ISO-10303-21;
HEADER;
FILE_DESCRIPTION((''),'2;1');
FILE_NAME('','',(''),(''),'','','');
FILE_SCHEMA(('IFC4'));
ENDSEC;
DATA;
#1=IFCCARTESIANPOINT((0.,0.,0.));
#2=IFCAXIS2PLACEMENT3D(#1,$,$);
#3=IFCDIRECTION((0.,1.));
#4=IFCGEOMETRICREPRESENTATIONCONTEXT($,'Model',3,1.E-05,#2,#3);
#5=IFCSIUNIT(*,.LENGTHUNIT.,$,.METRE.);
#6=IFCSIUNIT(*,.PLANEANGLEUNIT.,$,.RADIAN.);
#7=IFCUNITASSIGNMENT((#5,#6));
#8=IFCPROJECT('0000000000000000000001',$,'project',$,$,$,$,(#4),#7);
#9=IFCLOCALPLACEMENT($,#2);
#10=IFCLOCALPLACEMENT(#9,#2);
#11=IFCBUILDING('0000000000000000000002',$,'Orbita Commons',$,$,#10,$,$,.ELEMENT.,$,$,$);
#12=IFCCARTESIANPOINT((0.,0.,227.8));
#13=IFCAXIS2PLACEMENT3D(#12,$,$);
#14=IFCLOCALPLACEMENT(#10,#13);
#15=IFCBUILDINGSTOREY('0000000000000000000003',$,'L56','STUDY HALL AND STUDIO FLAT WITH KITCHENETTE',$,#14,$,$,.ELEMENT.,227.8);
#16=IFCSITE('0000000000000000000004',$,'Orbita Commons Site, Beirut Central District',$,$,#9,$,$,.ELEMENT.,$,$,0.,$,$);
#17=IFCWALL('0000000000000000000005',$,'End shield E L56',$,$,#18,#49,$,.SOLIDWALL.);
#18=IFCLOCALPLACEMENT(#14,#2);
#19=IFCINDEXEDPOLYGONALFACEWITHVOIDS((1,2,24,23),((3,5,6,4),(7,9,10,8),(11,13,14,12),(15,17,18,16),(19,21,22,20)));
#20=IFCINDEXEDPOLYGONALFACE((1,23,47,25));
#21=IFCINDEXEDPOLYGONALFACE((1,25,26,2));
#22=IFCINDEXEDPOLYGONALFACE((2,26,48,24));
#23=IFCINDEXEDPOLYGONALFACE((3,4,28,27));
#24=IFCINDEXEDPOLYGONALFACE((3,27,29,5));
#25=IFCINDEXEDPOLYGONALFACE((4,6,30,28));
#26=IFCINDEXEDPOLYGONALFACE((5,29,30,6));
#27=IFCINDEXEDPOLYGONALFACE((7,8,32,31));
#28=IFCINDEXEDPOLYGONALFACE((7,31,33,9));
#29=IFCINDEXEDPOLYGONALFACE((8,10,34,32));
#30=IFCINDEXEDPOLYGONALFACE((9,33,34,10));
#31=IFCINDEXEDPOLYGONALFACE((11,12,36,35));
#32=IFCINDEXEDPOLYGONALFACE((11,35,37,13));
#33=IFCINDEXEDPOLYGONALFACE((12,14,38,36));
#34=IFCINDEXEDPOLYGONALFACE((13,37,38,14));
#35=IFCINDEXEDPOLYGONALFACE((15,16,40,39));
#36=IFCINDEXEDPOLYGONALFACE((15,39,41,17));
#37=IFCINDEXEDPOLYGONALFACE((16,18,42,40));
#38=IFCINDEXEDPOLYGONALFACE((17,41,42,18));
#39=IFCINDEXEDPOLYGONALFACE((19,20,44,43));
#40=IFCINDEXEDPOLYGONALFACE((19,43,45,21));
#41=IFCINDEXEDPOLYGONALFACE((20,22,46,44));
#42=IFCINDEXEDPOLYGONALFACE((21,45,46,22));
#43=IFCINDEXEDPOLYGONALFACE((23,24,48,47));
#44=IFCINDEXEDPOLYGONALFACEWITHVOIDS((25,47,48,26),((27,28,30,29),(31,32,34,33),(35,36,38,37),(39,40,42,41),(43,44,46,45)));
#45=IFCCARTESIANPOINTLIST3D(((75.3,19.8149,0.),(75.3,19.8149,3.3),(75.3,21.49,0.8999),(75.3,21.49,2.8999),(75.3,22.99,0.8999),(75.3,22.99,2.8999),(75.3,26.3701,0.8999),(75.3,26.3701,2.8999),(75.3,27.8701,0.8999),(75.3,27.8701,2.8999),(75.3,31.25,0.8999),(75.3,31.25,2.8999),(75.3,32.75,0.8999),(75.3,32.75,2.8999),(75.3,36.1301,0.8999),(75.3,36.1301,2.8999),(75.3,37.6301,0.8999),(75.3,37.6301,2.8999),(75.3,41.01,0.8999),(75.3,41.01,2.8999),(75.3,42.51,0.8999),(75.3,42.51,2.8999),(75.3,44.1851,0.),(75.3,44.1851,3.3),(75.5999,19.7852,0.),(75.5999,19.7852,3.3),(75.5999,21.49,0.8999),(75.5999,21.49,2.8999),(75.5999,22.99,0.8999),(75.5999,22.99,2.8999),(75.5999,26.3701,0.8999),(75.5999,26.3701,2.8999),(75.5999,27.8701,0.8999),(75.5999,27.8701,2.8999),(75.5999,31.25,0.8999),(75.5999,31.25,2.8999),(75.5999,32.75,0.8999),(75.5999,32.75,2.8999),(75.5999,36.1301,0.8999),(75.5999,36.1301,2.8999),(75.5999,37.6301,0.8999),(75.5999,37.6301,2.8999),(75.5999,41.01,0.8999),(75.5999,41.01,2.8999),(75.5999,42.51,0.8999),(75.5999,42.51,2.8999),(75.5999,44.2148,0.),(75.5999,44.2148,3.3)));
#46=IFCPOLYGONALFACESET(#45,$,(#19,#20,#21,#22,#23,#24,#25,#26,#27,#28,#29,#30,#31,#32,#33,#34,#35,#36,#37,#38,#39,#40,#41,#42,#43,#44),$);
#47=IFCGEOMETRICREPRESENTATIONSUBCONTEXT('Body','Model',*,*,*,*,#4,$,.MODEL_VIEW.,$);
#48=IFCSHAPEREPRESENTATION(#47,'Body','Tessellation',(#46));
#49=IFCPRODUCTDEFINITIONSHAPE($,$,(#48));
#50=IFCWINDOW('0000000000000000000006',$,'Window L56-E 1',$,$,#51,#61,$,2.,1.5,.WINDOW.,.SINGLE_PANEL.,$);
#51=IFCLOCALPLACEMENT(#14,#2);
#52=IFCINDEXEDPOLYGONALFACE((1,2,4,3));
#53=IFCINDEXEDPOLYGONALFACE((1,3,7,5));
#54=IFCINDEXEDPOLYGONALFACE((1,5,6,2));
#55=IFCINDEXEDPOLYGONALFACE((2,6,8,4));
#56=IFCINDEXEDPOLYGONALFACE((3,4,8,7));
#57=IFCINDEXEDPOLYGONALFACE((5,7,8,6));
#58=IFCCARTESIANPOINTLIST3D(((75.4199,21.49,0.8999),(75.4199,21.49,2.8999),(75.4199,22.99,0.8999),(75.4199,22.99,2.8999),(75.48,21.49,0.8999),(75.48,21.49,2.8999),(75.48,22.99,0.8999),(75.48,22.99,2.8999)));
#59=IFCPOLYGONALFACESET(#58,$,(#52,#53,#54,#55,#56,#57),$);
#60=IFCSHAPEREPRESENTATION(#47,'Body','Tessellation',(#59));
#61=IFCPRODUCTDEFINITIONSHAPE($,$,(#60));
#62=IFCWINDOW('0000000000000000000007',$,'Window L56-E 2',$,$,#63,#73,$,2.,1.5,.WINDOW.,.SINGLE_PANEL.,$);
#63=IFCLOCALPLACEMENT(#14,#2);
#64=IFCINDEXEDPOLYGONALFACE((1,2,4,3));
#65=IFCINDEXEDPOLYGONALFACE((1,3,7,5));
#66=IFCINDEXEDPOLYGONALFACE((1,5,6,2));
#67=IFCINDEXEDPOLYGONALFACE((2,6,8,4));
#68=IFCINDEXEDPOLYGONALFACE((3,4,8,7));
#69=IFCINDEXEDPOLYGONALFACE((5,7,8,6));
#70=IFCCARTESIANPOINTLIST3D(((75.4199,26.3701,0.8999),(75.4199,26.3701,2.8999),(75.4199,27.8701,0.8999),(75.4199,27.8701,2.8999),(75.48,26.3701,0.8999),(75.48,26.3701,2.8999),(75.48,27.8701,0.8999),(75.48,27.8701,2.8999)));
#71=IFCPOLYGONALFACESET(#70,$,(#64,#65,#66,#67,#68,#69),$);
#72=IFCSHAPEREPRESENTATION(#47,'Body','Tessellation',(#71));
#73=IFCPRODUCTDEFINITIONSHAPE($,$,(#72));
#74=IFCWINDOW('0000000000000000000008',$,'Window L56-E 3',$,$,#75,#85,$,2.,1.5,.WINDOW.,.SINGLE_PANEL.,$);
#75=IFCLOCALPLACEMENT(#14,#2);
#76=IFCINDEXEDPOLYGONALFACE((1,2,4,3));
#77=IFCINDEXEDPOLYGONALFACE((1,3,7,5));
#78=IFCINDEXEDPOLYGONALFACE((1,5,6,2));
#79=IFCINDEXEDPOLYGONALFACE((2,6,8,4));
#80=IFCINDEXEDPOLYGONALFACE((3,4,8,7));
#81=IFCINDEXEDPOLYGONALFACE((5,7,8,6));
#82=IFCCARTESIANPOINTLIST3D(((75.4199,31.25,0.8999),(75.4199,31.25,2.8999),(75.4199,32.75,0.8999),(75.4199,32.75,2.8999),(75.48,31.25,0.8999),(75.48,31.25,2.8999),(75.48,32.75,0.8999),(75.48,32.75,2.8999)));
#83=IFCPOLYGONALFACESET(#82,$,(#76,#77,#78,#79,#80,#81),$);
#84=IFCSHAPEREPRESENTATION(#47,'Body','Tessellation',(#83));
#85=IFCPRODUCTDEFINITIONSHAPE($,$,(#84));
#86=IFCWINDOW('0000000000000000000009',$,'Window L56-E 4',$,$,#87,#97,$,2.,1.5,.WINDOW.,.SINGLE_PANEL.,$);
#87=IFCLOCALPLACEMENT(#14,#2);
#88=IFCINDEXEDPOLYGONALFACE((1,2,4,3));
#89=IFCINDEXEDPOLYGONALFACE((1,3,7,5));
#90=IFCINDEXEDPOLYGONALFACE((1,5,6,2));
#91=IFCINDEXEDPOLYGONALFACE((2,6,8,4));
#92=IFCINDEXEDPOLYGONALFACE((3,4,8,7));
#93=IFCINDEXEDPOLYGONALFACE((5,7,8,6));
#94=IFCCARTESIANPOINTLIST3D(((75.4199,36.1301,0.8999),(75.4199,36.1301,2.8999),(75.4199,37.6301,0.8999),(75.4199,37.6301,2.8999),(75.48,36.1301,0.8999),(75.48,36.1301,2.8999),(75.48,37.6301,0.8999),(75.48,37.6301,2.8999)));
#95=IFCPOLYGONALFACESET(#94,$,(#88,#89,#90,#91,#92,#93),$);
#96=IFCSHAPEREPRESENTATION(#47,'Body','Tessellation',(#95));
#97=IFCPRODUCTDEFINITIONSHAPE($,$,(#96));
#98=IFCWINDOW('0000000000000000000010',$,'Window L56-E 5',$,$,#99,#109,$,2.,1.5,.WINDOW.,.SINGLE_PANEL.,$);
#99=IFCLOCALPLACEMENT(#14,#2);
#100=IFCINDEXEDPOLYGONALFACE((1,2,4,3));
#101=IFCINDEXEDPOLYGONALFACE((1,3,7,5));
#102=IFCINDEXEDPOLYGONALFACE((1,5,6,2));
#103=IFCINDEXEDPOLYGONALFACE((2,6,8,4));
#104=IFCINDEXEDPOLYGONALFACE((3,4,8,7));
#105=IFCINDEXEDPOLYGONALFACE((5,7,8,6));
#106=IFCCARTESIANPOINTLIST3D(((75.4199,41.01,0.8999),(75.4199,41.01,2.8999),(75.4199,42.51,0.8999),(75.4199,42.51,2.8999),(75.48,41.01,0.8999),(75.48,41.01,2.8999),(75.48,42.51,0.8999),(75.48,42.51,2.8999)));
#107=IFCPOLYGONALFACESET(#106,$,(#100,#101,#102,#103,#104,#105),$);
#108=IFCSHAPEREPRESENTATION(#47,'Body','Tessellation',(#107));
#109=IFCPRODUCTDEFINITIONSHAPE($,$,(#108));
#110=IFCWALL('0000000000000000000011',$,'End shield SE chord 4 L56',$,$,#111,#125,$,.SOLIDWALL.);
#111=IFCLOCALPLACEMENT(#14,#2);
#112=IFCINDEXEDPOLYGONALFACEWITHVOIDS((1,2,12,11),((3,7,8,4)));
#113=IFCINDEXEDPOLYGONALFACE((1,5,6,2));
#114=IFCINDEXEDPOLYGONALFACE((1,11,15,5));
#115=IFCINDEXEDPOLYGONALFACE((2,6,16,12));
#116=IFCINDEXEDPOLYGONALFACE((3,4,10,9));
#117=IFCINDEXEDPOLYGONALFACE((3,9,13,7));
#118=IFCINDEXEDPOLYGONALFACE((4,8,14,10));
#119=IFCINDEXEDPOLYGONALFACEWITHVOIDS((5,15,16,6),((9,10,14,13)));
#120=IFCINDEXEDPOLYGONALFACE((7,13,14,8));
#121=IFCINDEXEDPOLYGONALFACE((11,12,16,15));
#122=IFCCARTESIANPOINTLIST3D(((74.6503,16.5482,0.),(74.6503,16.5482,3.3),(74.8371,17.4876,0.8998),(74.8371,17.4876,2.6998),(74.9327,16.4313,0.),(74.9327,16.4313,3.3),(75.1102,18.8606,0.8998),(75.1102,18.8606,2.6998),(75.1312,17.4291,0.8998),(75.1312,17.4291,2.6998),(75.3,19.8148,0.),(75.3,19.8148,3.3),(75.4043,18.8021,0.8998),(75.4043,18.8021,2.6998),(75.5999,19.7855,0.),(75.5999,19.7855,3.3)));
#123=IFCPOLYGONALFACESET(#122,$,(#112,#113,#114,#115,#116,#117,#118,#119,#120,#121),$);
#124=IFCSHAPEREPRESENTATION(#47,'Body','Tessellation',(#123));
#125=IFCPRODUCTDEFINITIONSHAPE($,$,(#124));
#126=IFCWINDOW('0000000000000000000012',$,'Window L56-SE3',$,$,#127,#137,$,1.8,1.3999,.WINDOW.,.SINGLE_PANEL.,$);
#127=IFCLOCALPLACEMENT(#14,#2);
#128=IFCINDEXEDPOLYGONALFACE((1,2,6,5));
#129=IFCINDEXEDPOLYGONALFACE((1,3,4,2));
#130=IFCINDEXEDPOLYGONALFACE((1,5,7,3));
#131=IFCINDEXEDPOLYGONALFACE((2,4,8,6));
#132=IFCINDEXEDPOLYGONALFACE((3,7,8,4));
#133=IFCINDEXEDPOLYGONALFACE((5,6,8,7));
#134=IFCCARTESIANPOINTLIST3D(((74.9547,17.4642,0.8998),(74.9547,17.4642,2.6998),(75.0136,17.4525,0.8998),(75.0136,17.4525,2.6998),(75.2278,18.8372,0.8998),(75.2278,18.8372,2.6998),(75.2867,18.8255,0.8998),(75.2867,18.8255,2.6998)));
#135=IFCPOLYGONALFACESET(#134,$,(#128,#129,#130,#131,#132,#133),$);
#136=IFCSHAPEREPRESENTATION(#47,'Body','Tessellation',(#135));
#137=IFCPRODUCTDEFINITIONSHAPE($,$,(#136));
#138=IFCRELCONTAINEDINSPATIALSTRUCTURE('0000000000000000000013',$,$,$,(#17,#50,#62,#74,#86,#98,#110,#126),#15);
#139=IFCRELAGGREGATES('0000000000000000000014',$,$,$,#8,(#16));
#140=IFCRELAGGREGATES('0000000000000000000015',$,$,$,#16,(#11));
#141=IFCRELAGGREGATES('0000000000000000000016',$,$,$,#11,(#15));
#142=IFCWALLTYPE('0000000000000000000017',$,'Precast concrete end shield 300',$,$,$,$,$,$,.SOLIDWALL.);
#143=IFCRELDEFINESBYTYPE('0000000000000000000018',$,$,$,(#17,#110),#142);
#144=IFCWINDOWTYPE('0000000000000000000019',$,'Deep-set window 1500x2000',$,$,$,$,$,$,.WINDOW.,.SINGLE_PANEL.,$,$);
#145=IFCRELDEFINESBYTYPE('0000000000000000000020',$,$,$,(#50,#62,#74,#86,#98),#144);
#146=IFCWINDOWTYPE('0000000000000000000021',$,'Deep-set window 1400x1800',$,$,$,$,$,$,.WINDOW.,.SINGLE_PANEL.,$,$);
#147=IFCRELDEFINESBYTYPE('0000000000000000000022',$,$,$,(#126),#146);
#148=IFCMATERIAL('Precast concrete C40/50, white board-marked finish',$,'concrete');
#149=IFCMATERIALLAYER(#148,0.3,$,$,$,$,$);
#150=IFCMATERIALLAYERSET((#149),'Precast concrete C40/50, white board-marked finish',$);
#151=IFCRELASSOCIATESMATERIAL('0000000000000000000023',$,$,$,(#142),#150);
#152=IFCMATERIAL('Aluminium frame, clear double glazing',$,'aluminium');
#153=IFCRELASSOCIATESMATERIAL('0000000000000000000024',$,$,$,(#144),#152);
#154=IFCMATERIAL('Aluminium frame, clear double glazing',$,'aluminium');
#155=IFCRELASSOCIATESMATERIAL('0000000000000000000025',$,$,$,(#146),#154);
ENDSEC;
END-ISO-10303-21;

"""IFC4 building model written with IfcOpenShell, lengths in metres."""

from ifc_helpers import new_model, si_unit, direction, frame, frame_2d, origin, place, context, subcontext, project, spatial, polyline, rectangle, outline, extrude, material, layer, layer_set, type_object, element, fill, save


model = new_model("IFC4")

# Units and contexts
model_context = context("Model", 3, precision=1e-05, world=origin(), true_north=direction((0.0, 1.0)))
body_context = subcontext(model_context, "Body", "Model", "MODEL_VIEW")
ifc_project = project(units=[si_unit("LENGTHUNIT", "METRE"), si_unit("PLANEANGLEUNIT", "RADIAN")], contexts=[model_context])

# Site, building, storey
site_placement = place(None, origin())
site = spatial("IfcSite", under=ifc_project, at=site_placement, Name="Orbita Commons Site, Beirut Central District", CompositionType="ELEMENT", RefElevation=0.0)
building_placement = place(site_placement, origin())
building = spatial("IfcBuilding", under=site, at=building_placement, Name="Orbita Commons", CompositionType="ELEMENT")
storey_placement = place(building_placement, frame((0.0, 0.0, 227.8)))
storey = spatial("IfcBuildingStorey", under=building, at=storey_placement, Name="L56", Description="STUDY HALL AND STUDIO FLAT WITH KITCHENETTE", CompositionType="ELEMENT", Elevation=227.8)

# Wall, openings, windows
ifc_material_1 = material(Name="Precast concrete C40/50, white board-marked finish", Category="concrete")
ifc_layer_1 = layer(ifc_material_1, 0.3)
ifc_layer_set_1 = layer_set([ifc_layer_1], Name="Precast concrete C40/50, white board-marked finish")
wall_type_1 = type_object("IfcWallType", Name="Precast concrete end shield 300", PredefinedType="SOLIDWALL", material=ifc_layer_set_1)
wall_1_placement = place(storey_placement, frame((75.45, 19.8, 0.0), z_axis=(0.0, 0.0, 1.0), x_axis=(0.0, 1.0, 0.0)))
wall_1 = element("IfcWall", 1, at=wall_1_placement, inside=storey, type_object=wall_type_1, Name="End shield E L56", PredefinedType="SOLIDWALL", context=body_context, shape_type="SweptSolid", body=[
    extrude(outline(polyline([(-0.0149, -0.1499), (24.4148, -0.1499), (24.385, 0.1499), (0.0149, 0.1499), (-0.0149, -0.1499)])), origin(), (0.0, 0.0, 1.0), 3.3),
])
opening_1_placement = place(wall_1_placement, frame((1.6899, 0.0, 0.8999)))
opening_1 = element("IfcOpeningElement", 2, at=opening_1_placement, cuts=wall_1, PredefinedType="OPENING", context=body_context, shape_type="SweptSolid", body=[
    extrude(rectangle(XDim=1.5, YDim=2.0, at=frame_2d((0.75, 1.0))), frame((0.0, 0.1599, 0.0), z_axis=(0.0, -1.0, 0.0), x_axis=(1.0, 0.0, 0.0)), (0.0, 0.0, 1.0), 0.3201),
])
opening_2_placement = place(wall_1_placement, frame((6.5701, 0.0, 0.8999)))
opening_2 = element("IfcOpeningElement", 3, at=opening_2_placement, cuts=wall_1, PredefinedType="OPENING", context=body_context, shape_type="SweptSolid", body=[
    extrude(rectangle(XDim=1.5, YDim=2.0, at=frame_2d((0.75, 1.0))), frame((0.0, 0.1599, 0.0), z_axis=(0.0, -1.0, 0.0), x_axis=(1.0, 0.0, 0.0)), (0.0, 0.0, 1.0), 0.3201),
])
opening_3_placement = place(wall_1_placement, frame((11.45, 0.0, 0.8999)))
opening_3 = element("IfcOpeningElement", 4, at=opening_3_placement, cuts=wall_1, PredefinedType="OPENING", context=body_context, shape_type="SweptSolid", body=[
    extrude(rectangle(XDim=1.5, YDim=2.0, at=frame_2d((0.75, 1.0))), frame((0.0, 0.1599, 0.0), z_axis=(0.0, -1.0, 0.0), x_axis=(1.0, 0.0, 0.0)), (0.0, 0.0, 1.0), 0.3201),
])
opening_4_placement = place(wall_1_placement, frame((16.3301, 0.0, 0.8999)))
opening_4 = element("IfcOpeningElement", 5, at=opening_4_placement, cuts=wall_1, PredefinedType="OPENING", context=body_context, shape_type="SweptSolid", body=[
    extrude(rectangle(XDim=1.5, YDim=2.0, at=frame_2d((0.75, 1.0))), frame((0.0, 0.1599, 0.0), z_axis=(0.0, -1.0, 0.0), x_axis=(1.0, 0.0, 0.0)), (0.0, 0.0, 1.0), 0.3201),
])
opening_5_placement = place(wall_1_placement, frame((21.21, 0.0, 0.8999)))
opening_5 = element("IfcOpeningElement", 6, at=opening_5_placement, cuts=wall_1, PredefinedType="OPENING", context=body_context, shape_type="SweptSolid", body=[
    extrude(rectangle(XDim=1.5, YDim=2.0, at=frame_2d((0.75, 1.0))), frame((0.0, 0.1599, 0.0), z_axis=(0.0, -1.0, 0.0), x_axis=(1.0, 0.0, 0.0)), (0.0, 0.0, 1.0), 0.3201),
])
ifc_material_2 = material(Name="Aluminium frame, clear double glazing", Category="aluminium")
window_type_1 = type_object("IfcWindowType", Name="Deep-set window 1500x2000", PartitioningType="SINGLE_PANEL", PredefinedType="WINDOW", material=ifc_material_2)
window_1_placement = place(opening_1_placement, origin())
window_1 = element("IfcWindow", 7, at=window_1_placement, inside=storey, type_object=window_type_1, Name="Window L56-E 1", OverallHeight=2.0, OverallWidth=1.5, PartitioningType="SINGLE_PANEL", PredefinedType="WINDOW", context=body_context, shape_type="SweptSolid", body=[
    extrude(rectangle(XDim=1.5, YDim=2.0, at=frame_2d((0.75, 1.0))), frame((0.0, 0.03, 0.0), z_axis=(0.0, -1.0, 0.0), x_axis=(1.0, 0.0, 0.0)), (0.0, 0.0, 1.0), 0.0601),
])
fill(opening_1, window_1)
window_2_placement = place(opening_2_placement, origin())
window_2 = element("IfcWindow", 8, at=window_2_placement, inside=storey, type_object=window_type_1, Name="Window L56-E 2", OverallHeight=2.0, OverallWidth=1.5, PartitioningType="SINGLE_PANEL", PredefinedType="WINDOW", context=body_context, shape_type="SweptSolid", body=[
    extrude(rectangle(XDim=1.5, YDim=2.0, at=frame_2d((0.75, 1.0))), frame((0.0, 0.03, 0.0), z_axis=(0.0, -1.0, 0.0), x_axis=(1.0, 0.0, 0.0)), (0.0, 0.0, 1.0), 0.0601),
])
fill(opening_2, window_2)
window_3_placement = place(opening_3_placement, origin())
window_3 = element("IfcWindow", 9, at=window_3_placement, inside=storey, type_object=window_type_1, Name="Window L56-E 3", OverallHeight=2.0, OverallWidth=1.5, PartitioningType="SINGLE_PANEL", PredefinedType="WINDOW", context=body_context, shape_type="SweptSolid", body=[
    extrude(rectangle(XDim=1.5, YDim=2.0, at=frame_2d((0.75, 1.0))), frame((0.0, 0.03, 0.0), z_axis=(0.0, -1.0, 0.0), x_axis=(1.0, 0.0, 0.0)), (0.0, 0.0, 1.0), 0.0601),
])
fill(opening_3, window_3)
window_4_placement = place(opening_4_placement, origin())
window_4 = element("IfcWindow", 10, at=window_4_placement, inside=storey, type_object=window_type_1, Name="Window L56-E 4", OverallHeight=2.0, OverallWidth=1.5, PartitioningType="SINGLE_PANEL", PredefinedType="WINDOW", context=body_context, shape_type="SweptSolid", body=[
    extrude(rectangle(XDim=1.5, YDim=2.0, at=frame_2d((0.75, 1.0))), frame((0.0, 0.03, 0.0), z_axis=(0.0, -1.0, 0.0), x_axis=(1.0, 0.0, 0.0)), (0.0, 0.0, 1.0), 0.0601),
])
fill(opening_4, window_4)
window_5_placement = place(opening_5_placement, origin())
window_5 = element("IfcWindow", 11, at=window_5_placement, inside=storey, type_object=window_type_1, Name="Window L56-E 5", OverallHeight=2.0, OverallWidth=1.5, PartitioningType="SINGLE_PANEL", PredefinedType="WINDOW", context=body_context, shape_type="SweptSolid", body=[
    extrude(rectangle(XDim=1.5, YDim=2.0, at=frame_2d((0.75, 1.0))), frame((0.0, 0.03, 0.0), z_axis=(0.0, -1.0, 0.0), x_axis=(1.0, 0.0, 0.0)), (0.0, 0.0, 1.0), 0.0601),
])
fill(opening_5, window_5)

# Wall, opening, window
wall_2_placement = place(storey_placement, frame((74.7915, 16.4897, 0.0), z_axis=(0.0, 0.0, 1.0), x_axis=(0.195087, 0.980786, 0.0)))
wall_2 = element("IfcWall", 12, at=wall_2_placement, inside=storey, type_object=wall_type_1, Name="End shield SE chord 4 L56", PredefinedType="SOLIDWALL", context=body_context, shape_type="SweptSolid", body=[
    extrude(outline(polyline([(-0.0298, -0.1499), (3.3901, -0.1499), (3.3604, 0.1499), (0.0298, 0.1499), (-0.0298, -0.1499)])), origin(), (0.0, 0.0, 1.0), 3.3),
])
opening_6_placement = place(wall_2_placement, frame((0.9875, 0.0, 0.8999)))
opening_6 = element("IfcOpeningElement", 13, at=opening_6_placement, cuts=wall_2, PredefinedType="OPENING", context=body_context, shape_type="SweptSolid", body=[
    extrude(rectangle(XDim=1.3999, YDim=1.8, at=frame_2d((0.7, 0.8999))), frame((0.0, 0.1599, 0.0), z_axis=(0.0, -1.0, 0.0), x_axis=(1.0, 0.0, 0.0)), (0.0, 0.0, 1.0), 0.3201),
])
ifc_material_3 = material(Name="Aluminium frame, clear double glazing", Category="aluminium")
window_type_2 = type_object("IfcWindowType", Name="Deep-set window 1400x1800", PartitioningType="SINGLE_PANEL", PredefinedType="WINDOW", material=ifc_material_3)
window_6_placement = place(opening_6_placement, origin())
window_6 = element("IfcWindow", 14, at=window_6_placement, inside=storey, type_object=window_type_2, Name="Window L56-SE3", OverallHeight=1.8, OverallWidth=1.3999, PartitioningType="SINGLE_PANEL", PredefinedType="WINDOW", context=body_context, shape_type="SweptSolid", body=[
    extrude(rectangle(XDim=1.3999, YDim=1.8, at=frame_2d((0.7, 0.8999))), frame((0.0, 0.03, 0.0), z_axis=(0.0, -1.0, 0.0), x_axis=(1.0, 0.0, 0.0)), (0.0, 0.0, 1.0), 0.0601),
])
fill(opening_6, window_6)

save(model, "model.ifc")
